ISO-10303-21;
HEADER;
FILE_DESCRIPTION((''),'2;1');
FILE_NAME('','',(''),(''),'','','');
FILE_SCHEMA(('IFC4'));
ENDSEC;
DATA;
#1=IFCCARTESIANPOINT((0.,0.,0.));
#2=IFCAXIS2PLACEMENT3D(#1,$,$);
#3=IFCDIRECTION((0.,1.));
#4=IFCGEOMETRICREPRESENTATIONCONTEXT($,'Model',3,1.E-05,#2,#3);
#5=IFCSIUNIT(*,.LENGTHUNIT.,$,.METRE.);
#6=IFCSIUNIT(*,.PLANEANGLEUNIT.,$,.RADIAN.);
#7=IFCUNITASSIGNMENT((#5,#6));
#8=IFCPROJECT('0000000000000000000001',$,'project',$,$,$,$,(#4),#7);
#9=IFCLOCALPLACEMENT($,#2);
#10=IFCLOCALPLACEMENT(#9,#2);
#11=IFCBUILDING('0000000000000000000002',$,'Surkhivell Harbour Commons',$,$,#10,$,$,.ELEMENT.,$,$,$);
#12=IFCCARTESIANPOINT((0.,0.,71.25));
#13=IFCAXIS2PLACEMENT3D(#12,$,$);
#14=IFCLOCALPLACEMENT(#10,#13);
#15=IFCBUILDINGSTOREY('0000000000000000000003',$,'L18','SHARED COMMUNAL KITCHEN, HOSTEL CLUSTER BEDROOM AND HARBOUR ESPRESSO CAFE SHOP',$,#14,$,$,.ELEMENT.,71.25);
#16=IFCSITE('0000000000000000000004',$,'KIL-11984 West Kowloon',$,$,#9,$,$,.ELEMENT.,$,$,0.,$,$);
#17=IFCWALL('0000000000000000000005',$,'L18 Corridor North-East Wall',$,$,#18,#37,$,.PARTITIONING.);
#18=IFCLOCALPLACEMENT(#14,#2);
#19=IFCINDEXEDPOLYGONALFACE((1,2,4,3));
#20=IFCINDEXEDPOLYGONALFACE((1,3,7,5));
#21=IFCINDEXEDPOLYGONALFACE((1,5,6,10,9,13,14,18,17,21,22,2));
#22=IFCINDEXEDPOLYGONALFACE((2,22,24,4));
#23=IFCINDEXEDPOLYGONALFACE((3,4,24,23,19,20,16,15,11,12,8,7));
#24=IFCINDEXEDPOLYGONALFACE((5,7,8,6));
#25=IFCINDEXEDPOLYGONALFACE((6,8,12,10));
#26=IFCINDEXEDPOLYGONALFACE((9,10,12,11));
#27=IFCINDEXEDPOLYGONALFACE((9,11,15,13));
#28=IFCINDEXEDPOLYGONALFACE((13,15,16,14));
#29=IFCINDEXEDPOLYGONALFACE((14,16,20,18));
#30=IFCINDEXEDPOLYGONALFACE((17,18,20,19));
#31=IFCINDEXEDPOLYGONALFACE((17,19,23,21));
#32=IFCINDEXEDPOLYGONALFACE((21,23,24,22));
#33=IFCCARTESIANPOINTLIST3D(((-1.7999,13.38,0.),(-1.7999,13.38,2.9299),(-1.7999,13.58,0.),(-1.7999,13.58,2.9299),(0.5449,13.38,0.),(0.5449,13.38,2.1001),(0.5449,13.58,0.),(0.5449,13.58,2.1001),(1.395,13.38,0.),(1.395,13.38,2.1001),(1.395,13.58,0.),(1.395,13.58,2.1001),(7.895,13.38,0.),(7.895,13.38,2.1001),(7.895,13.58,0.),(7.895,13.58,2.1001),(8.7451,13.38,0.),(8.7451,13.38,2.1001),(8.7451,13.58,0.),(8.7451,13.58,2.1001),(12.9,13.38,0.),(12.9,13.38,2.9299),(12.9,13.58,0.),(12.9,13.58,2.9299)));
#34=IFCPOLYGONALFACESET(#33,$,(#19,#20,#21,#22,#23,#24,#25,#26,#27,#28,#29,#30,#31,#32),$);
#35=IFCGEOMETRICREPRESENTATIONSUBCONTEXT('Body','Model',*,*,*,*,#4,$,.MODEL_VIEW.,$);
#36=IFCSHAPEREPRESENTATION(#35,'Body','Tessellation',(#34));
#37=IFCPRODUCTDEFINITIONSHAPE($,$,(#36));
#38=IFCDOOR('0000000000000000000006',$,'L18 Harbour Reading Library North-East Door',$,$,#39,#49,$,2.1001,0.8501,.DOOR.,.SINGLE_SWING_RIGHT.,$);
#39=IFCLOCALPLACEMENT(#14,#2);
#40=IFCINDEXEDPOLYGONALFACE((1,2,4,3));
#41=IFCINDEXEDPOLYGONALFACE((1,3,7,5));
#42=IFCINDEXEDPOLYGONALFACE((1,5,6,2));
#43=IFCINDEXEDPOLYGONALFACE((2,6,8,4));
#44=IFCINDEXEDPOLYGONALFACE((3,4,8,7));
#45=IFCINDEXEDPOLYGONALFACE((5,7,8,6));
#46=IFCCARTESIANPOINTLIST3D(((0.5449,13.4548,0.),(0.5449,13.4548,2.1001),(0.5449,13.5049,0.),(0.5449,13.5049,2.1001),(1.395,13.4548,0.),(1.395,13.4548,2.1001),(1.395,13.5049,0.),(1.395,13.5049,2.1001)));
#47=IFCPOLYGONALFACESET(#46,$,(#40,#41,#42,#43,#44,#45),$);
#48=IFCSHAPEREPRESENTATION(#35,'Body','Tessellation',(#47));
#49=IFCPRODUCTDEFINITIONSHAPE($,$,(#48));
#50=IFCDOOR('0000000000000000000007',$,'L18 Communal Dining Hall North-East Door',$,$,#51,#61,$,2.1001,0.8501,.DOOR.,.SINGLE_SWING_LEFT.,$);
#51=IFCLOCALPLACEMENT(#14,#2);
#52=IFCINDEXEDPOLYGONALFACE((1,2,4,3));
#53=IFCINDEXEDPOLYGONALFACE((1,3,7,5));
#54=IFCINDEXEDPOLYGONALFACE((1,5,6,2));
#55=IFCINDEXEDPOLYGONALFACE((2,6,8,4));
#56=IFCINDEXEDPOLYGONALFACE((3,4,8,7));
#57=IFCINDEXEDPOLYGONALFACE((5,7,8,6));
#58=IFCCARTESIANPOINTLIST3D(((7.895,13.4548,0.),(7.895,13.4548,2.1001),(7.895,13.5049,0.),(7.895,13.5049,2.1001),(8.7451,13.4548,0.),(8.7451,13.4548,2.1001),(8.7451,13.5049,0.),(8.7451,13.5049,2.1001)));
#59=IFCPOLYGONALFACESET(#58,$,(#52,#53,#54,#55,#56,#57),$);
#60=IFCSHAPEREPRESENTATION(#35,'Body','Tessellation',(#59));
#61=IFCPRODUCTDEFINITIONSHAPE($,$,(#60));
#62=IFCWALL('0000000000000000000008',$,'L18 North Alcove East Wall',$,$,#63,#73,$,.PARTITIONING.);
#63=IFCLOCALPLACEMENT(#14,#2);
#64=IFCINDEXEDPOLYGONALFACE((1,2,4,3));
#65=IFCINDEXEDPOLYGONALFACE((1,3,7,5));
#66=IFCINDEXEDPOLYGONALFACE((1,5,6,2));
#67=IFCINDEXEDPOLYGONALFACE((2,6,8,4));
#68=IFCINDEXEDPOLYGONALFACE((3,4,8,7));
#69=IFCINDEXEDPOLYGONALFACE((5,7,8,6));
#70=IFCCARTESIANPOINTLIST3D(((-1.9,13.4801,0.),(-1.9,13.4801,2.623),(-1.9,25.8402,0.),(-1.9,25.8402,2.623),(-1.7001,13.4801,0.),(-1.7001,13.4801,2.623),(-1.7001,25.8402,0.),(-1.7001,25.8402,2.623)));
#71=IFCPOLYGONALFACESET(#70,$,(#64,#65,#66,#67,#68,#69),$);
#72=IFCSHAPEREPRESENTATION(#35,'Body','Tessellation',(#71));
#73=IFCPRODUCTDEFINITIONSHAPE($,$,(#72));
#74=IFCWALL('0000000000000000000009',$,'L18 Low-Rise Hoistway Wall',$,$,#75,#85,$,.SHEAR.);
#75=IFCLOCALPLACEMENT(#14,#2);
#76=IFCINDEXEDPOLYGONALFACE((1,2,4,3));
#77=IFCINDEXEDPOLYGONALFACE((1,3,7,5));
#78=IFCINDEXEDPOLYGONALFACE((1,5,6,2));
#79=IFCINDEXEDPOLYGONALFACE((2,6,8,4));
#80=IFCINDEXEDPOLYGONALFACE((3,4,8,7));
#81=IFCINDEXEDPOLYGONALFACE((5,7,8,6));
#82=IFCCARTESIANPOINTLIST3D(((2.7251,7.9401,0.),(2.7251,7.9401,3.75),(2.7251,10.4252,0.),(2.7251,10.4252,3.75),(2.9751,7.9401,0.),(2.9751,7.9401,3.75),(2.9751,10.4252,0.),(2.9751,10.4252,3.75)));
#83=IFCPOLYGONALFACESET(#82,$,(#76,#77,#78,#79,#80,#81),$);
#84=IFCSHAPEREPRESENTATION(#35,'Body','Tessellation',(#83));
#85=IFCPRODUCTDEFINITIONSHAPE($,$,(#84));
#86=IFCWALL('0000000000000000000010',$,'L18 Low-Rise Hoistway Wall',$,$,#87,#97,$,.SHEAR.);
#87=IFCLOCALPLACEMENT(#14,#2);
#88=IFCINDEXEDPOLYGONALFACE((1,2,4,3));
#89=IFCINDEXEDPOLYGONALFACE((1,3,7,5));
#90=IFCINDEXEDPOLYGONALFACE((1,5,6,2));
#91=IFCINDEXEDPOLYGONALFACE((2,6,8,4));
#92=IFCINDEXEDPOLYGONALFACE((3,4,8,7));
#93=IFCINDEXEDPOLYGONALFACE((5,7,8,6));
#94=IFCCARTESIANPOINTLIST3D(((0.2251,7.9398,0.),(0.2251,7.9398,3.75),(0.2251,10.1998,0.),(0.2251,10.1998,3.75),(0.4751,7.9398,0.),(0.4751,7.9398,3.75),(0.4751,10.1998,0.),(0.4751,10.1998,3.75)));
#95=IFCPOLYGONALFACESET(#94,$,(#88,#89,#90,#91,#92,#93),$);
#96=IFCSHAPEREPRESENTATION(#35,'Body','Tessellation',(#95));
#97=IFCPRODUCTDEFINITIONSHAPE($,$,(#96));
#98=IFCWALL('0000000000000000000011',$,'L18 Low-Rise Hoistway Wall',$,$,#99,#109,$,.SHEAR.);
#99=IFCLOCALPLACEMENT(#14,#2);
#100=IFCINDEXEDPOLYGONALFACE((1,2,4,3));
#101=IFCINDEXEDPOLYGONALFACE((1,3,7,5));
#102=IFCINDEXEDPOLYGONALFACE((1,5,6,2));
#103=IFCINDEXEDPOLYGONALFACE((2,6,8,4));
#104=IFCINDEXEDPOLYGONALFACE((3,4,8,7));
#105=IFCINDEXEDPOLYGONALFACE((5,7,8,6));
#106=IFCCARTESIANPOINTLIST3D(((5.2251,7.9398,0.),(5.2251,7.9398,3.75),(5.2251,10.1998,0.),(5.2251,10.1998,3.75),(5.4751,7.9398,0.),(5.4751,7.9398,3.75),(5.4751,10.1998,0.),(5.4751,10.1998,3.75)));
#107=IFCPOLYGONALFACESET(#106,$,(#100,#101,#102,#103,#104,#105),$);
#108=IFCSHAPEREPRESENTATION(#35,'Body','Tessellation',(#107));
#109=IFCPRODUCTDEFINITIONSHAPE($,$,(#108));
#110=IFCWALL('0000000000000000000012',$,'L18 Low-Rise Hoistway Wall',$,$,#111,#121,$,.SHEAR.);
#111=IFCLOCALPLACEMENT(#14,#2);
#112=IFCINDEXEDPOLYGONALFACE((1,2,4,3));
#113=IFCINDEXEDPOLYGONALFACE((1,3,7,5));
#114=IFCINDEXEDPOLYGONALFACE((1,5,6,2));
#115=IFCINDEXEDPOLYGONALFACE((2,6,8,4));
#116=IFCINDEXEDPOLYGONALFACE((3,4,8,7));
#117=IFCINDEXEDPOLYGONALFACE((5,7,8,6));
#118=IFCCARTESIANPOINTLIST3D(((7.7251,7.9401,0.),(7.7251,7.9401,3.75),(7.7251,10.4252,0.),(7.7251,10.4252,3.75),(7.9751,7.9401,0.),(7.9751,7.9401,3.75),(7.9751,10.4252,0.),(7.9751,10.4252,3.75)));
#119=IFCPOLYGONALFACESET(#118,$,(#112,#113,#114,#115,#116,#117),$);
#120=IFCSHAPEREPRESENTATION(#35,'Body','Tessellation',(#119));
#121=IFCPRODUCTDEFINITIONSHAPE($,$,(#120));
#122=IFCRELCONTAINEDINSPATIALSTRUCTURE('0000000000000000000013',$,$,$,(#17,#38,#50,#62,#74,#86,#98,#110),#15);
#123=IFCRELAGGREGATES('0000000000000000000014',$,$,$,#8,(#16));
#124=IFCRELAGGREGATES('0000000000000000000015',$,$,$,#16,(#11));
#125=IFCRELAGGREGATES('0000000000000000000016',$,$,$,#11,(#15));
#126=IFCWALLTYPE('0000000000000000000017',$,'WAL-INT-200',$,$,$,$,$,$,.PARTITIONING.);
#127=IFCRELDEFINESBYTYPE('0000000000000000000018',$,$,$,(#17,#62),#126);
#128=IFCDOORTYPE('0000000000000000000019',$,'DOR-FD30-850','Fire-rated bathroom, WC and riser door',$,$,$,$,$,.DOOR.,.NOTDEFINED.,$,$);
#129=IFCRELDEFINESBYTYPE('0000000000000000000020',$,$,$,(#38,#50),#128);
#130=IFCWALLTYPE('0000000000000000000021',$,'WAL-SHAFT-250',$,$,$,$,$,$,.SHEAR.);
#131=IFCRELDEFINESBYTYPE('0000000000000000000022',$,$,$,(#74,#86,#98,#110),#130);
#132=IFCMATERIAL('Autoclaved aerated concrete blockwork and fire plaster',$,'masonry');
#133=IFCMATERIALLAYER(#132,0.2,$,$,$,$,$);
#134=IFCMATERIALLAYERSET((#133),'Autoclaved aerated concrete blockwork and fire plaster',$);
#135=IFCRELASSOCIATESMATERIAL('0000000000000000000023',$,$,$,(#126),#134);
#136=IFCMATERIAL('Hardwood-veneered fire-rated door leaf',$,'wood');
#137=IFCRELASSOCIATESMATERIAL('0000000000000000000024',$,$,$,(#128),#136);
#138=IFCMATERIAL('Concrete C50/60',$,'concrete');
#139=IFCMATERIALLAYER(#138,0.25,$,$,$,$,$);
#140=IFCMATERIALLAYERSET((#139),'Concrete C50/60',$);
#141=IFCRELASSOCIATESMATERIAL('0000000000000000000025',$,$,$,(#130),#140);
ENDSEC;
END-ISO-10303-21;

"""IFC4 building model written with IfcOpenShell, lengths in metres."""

from ifc_helpers import new_model, si_unit, direction, frame, frame_2d, origin, place, context, subcontext, project, spatial, rectangle, extrude, material, layer, layer_set, type_object, element, fill, save


model = new_model("IFC4")

# Units and contexts
model_context = context("Model", 3, precision=1e-05, world=origin(), true_north=direction((0.0, 1.0)))
body_context = subcontext(model_context, "Body", "Model", "MODEL_VIEW")
ifc_project = project(units=[si_unit("LENGTHUNIT", "METRE"), si_unit("PLANEANGLEUNIT", "RADIAN")], contexts=[model_context])

# Site, building, storey
site_placement = place(None, origin())
site = spatial("IfcSite", under=ifc_project, at=site_placement, Name="KIL-11984 West Kowloon", CompositionType="ELEMENT", RefElevation=0.0)
building_placement = place(site_placement, origin())
building = spatial("IfcBuilding", under=site, at=building_placement, Name="Surkhivell Harbour Commons", CompositionType="ELEMENT")
storey_placement = place(building_placement, frame((0.0, 0.0, 71.25)))
storey = spatial("IfcBuildingStorey", under=building, at=storey_placement, Name="L18", Description="SHARED COMMUNAL KITCHEN, HOSTEL CLUSTER BEDROOM AND HARBOUR ESPRESSO CAFE SHOP", CompositionType="ELEMENT", Elevation=71.25)

# Wall, openings, doors
ifc_material_1 = material(Name="Autoclaved aerated concrete blockwork and fire plaster", Category="masonry")
ifc_layer_1 = layer(ifc_material_1, 0.2)
ifc_layer_set_1 = layer_set([ifc_layer_1], Name="Autoclaved aerated concrete blockwork and fire plaster")
wall_type_1 = type_object("IfcWallType", Name="WAL-INT-200", PredefinedType="PARTITIONING", material=ifc_layer_set_1)
wall_1_placement = place(storey_placement, frame((-1.8, 13.48, 0.0), z_axis=(0.0, 0.0, 1.0), x_axis=(1.0, 0.0, 0.0)))
wall_1 = element("IfcWall", 1, at=wall_1_placement, inside=storey, type_object=wall_type_1, Name="L18 Corridor North-East Wall", PredefinedType="PARTITIONING", context=body_context, shape_type="SweptSolid", body=[
    extrude(rectangle(XDim=14.7, YDim=0.2, at=frame_2d((7.3501, 0.0))), origin(), (0.0, 0.0, 1.0), 2.9299),
])
opening_1_placement = place(wall_1_placement, frame((2.345, 0.0, 0.0)))
opening_1 = element("IfcOpeningElement", 2, at=opening_1_placement, cuts=wall_1, PredefinedType="OPENING", context=body_context, shape_type="SweptSolid", body=[
    extrude(rectangle(XDim=0.8501, YDim=2.1001, at=frame_2d((0.425, 1.05))), frame((0.0, 0.1099, 0.0), z_axis=(0.0, -1.0, 0.0), x_axis=(1.0, 0.0, 0.0)), (0.0, 0.0, 1.0), 0.22),
])
opening_2_placement = place(wall_1_placement, frame((9.6951, 0.0, 0.0)))
opening_2 = element("IfcOpeningElement", 3, at=opening_2_placement, cuts=wall_1, PredefinedType="OPENING", context=body_context, shape_type="SweptSolid", body=[
    extrude(rectangle(XDim=0.8501, YDim=2.1001, at=frame_2d((0.425, 1.05))), frame((0.0, 0.1099, 0.0), z_axis=(0.0, -1.0, 0.0), x_axis=(1.0, 0.0, 0.0)), (0.0, 0.0, 1.0), 0.22),
])
ifc_material_2 = material(Name="Hardwood-veneered fire-rated door leaf", Category="wood")
door_type_1 = type_object("IfcDoorType", Name="DOR-FD30-850", Description="Fire-rated bathroom, WC and riser door", OperationType="NOTDEFINED", PredefinedType="DOOR", material=ifc_material_2)
door_1_placement = place(opening_1_placement, origin())
door_1 = element("IfcDoor", 4, at=door_1_placement, inside=storey, type_object=door_type_1, Name="L18 Harbour Reading Library North-East Door", OperationType="SINGLE_SWING_RIGHT", OverallHeight=2.1001, OverallWidth=0.8501, PredefinedType="DOOR", context=body_context, shape_type="SweptSolid", body=[
    extrude(rectangle(XDim=0.8501, YDim=2.1001, at=frame_2d((0.425, 1.05))), frame((0.0, 0.0249, 0.0), z_axis=(0.0, -1.0, 0.0), x_axis=(1.0, 0.0, 0.0)), (0.0, 0.0, 1.0), 0.05),
])
fill(opening_1, door_1)
door_2_placement = place(opening_2_placement, origin())
door_2 = element("IfcDoor", 5, at=door_2_placement, inside=storey, type_object=door_type_1, Name="L18 Communal Dining Hall North-East Door", OperationType="SINGLE_SWING_LEFT", OverallHeight=2.1001, OverallWidth=0.8501, PredefinedType="DOOR", context=body_context, shape_type="SweptSolid", body=[
    extrude(rectangle(XDim=0.8501, YDim=2.1001, at=frame_2d((0.425, 1.05))), frame((0.0, 0.0249, 0.0), z_axis=(0.0, -1.0, 0.0), x_axis=(1.0, 0.0, 0.0)), (0.0, 0.0, 1.0), 0.05),
])
fill(opening_2, door_2)

# Walls
wall_2_placement = place(storey_placement, frame((-1.8, 13.48, 0.0), z_axis=(0.0, 0.0, 1.0), x_axis=(0.0, 1.0, 0.0)))
element("IfcWall", 6, at=wall_2_placement, inside=storey, type_object=wall_type_1, Name="L18 North Alcove East Wall", PredefinedType="PARTITIONING", context=body_context, shape_type="SweptSolid", body=[
    extrude(rectangle(XDim=12.3601, YDim=0.2, at=frame_2d((6.1802, 0.0))), origin(), (0.0, 0.0, 1.0), 2.623),
])
ifc_material_3 = material(Name="Concrete C50/60", Category="concrete")
ifc_layer_2 = layer(ifc_material_3, 0.25)
ifc_layer_set_2 = layer_set([ifc_layer_2], Name="Concrete C50/60")
wall_type_2 = type_object("IfcWallType", Name="WAL-SHAFT-250", PredefinedType="SHEAR", material=ifc_layer_set_2)
wall_3_placement = place(storey_placement, frame((2.8501, 7.9399, 0.0), z_axis=(0.0, 0.0, 1.0), x_axis=(0.0, 1.0, 0.0)))
element("IfcWall", 7, at=wall_3_placement, inside=storey, type_object=wall_type_2, Name="L18 Low-Rise Hoistway Wall", PredefinedType="SHEAR", context=body_context, shape_type="SweptSolid", body=[
    extrude(rectangle(XDim=2.4851, YDim=0.25, at=frame_2d((1.2427, 0.0))), origin(), (0.0, 0.0, 1.0), 3.75),
])
for number, where, z_axis, x_axis, name in (
    (8, (0.3501, 7.9399, 0.0), (0.0, 0.0, 1.0), (0.0, 1.0, 0.0), "L18 Low-Rise Hoistway Wall"),
    (9, (5.3501, 7.9399, 0.0), (0.0, 0.0, 1.0), (0.0, 1.0, 0.0), "L18 Low-Rise Hoistway Wall"),
):
    element("IfcWall", number, at=place(storey_placement, frame(where, z_axis=z_axis, x_axis=x_axis)), inside=storey, type_object=wall_type_2, Name=name, PredefinedType="SHEAR", context=body_context, shape_type="SweptSolid", body=[
        extrude(rectangle(XDim=2.26, YDim=0.25, at=frame_2d((1.1299, 0.0))), origin(), (0.0, 0.0, 1.0), 3.75),
    ])
wall_4_placement = place(storey_placement, frame((7.8501, 7.9399, 0.0), z_axis=(0.0, 0.0, 1.0), x_axis=(0.0, 1.0, 0.0)))
element("IfcWall", 10, at=wall_4_placement, inside=storey, type_object=wall_type_2, Name="L18 Low-Rise Hoistway Wall", PredefinedType="SHEAR", context=body_context, shape_type="SweptSolid", body=[
    extrude(rectangle(XDim=2.4851, YDim=0.25, at=frame_2d((1.2427, 0.0))), origin(), (0.0, 0.0, 1.0), 3.75),
])

save(model, "model.ifc")
